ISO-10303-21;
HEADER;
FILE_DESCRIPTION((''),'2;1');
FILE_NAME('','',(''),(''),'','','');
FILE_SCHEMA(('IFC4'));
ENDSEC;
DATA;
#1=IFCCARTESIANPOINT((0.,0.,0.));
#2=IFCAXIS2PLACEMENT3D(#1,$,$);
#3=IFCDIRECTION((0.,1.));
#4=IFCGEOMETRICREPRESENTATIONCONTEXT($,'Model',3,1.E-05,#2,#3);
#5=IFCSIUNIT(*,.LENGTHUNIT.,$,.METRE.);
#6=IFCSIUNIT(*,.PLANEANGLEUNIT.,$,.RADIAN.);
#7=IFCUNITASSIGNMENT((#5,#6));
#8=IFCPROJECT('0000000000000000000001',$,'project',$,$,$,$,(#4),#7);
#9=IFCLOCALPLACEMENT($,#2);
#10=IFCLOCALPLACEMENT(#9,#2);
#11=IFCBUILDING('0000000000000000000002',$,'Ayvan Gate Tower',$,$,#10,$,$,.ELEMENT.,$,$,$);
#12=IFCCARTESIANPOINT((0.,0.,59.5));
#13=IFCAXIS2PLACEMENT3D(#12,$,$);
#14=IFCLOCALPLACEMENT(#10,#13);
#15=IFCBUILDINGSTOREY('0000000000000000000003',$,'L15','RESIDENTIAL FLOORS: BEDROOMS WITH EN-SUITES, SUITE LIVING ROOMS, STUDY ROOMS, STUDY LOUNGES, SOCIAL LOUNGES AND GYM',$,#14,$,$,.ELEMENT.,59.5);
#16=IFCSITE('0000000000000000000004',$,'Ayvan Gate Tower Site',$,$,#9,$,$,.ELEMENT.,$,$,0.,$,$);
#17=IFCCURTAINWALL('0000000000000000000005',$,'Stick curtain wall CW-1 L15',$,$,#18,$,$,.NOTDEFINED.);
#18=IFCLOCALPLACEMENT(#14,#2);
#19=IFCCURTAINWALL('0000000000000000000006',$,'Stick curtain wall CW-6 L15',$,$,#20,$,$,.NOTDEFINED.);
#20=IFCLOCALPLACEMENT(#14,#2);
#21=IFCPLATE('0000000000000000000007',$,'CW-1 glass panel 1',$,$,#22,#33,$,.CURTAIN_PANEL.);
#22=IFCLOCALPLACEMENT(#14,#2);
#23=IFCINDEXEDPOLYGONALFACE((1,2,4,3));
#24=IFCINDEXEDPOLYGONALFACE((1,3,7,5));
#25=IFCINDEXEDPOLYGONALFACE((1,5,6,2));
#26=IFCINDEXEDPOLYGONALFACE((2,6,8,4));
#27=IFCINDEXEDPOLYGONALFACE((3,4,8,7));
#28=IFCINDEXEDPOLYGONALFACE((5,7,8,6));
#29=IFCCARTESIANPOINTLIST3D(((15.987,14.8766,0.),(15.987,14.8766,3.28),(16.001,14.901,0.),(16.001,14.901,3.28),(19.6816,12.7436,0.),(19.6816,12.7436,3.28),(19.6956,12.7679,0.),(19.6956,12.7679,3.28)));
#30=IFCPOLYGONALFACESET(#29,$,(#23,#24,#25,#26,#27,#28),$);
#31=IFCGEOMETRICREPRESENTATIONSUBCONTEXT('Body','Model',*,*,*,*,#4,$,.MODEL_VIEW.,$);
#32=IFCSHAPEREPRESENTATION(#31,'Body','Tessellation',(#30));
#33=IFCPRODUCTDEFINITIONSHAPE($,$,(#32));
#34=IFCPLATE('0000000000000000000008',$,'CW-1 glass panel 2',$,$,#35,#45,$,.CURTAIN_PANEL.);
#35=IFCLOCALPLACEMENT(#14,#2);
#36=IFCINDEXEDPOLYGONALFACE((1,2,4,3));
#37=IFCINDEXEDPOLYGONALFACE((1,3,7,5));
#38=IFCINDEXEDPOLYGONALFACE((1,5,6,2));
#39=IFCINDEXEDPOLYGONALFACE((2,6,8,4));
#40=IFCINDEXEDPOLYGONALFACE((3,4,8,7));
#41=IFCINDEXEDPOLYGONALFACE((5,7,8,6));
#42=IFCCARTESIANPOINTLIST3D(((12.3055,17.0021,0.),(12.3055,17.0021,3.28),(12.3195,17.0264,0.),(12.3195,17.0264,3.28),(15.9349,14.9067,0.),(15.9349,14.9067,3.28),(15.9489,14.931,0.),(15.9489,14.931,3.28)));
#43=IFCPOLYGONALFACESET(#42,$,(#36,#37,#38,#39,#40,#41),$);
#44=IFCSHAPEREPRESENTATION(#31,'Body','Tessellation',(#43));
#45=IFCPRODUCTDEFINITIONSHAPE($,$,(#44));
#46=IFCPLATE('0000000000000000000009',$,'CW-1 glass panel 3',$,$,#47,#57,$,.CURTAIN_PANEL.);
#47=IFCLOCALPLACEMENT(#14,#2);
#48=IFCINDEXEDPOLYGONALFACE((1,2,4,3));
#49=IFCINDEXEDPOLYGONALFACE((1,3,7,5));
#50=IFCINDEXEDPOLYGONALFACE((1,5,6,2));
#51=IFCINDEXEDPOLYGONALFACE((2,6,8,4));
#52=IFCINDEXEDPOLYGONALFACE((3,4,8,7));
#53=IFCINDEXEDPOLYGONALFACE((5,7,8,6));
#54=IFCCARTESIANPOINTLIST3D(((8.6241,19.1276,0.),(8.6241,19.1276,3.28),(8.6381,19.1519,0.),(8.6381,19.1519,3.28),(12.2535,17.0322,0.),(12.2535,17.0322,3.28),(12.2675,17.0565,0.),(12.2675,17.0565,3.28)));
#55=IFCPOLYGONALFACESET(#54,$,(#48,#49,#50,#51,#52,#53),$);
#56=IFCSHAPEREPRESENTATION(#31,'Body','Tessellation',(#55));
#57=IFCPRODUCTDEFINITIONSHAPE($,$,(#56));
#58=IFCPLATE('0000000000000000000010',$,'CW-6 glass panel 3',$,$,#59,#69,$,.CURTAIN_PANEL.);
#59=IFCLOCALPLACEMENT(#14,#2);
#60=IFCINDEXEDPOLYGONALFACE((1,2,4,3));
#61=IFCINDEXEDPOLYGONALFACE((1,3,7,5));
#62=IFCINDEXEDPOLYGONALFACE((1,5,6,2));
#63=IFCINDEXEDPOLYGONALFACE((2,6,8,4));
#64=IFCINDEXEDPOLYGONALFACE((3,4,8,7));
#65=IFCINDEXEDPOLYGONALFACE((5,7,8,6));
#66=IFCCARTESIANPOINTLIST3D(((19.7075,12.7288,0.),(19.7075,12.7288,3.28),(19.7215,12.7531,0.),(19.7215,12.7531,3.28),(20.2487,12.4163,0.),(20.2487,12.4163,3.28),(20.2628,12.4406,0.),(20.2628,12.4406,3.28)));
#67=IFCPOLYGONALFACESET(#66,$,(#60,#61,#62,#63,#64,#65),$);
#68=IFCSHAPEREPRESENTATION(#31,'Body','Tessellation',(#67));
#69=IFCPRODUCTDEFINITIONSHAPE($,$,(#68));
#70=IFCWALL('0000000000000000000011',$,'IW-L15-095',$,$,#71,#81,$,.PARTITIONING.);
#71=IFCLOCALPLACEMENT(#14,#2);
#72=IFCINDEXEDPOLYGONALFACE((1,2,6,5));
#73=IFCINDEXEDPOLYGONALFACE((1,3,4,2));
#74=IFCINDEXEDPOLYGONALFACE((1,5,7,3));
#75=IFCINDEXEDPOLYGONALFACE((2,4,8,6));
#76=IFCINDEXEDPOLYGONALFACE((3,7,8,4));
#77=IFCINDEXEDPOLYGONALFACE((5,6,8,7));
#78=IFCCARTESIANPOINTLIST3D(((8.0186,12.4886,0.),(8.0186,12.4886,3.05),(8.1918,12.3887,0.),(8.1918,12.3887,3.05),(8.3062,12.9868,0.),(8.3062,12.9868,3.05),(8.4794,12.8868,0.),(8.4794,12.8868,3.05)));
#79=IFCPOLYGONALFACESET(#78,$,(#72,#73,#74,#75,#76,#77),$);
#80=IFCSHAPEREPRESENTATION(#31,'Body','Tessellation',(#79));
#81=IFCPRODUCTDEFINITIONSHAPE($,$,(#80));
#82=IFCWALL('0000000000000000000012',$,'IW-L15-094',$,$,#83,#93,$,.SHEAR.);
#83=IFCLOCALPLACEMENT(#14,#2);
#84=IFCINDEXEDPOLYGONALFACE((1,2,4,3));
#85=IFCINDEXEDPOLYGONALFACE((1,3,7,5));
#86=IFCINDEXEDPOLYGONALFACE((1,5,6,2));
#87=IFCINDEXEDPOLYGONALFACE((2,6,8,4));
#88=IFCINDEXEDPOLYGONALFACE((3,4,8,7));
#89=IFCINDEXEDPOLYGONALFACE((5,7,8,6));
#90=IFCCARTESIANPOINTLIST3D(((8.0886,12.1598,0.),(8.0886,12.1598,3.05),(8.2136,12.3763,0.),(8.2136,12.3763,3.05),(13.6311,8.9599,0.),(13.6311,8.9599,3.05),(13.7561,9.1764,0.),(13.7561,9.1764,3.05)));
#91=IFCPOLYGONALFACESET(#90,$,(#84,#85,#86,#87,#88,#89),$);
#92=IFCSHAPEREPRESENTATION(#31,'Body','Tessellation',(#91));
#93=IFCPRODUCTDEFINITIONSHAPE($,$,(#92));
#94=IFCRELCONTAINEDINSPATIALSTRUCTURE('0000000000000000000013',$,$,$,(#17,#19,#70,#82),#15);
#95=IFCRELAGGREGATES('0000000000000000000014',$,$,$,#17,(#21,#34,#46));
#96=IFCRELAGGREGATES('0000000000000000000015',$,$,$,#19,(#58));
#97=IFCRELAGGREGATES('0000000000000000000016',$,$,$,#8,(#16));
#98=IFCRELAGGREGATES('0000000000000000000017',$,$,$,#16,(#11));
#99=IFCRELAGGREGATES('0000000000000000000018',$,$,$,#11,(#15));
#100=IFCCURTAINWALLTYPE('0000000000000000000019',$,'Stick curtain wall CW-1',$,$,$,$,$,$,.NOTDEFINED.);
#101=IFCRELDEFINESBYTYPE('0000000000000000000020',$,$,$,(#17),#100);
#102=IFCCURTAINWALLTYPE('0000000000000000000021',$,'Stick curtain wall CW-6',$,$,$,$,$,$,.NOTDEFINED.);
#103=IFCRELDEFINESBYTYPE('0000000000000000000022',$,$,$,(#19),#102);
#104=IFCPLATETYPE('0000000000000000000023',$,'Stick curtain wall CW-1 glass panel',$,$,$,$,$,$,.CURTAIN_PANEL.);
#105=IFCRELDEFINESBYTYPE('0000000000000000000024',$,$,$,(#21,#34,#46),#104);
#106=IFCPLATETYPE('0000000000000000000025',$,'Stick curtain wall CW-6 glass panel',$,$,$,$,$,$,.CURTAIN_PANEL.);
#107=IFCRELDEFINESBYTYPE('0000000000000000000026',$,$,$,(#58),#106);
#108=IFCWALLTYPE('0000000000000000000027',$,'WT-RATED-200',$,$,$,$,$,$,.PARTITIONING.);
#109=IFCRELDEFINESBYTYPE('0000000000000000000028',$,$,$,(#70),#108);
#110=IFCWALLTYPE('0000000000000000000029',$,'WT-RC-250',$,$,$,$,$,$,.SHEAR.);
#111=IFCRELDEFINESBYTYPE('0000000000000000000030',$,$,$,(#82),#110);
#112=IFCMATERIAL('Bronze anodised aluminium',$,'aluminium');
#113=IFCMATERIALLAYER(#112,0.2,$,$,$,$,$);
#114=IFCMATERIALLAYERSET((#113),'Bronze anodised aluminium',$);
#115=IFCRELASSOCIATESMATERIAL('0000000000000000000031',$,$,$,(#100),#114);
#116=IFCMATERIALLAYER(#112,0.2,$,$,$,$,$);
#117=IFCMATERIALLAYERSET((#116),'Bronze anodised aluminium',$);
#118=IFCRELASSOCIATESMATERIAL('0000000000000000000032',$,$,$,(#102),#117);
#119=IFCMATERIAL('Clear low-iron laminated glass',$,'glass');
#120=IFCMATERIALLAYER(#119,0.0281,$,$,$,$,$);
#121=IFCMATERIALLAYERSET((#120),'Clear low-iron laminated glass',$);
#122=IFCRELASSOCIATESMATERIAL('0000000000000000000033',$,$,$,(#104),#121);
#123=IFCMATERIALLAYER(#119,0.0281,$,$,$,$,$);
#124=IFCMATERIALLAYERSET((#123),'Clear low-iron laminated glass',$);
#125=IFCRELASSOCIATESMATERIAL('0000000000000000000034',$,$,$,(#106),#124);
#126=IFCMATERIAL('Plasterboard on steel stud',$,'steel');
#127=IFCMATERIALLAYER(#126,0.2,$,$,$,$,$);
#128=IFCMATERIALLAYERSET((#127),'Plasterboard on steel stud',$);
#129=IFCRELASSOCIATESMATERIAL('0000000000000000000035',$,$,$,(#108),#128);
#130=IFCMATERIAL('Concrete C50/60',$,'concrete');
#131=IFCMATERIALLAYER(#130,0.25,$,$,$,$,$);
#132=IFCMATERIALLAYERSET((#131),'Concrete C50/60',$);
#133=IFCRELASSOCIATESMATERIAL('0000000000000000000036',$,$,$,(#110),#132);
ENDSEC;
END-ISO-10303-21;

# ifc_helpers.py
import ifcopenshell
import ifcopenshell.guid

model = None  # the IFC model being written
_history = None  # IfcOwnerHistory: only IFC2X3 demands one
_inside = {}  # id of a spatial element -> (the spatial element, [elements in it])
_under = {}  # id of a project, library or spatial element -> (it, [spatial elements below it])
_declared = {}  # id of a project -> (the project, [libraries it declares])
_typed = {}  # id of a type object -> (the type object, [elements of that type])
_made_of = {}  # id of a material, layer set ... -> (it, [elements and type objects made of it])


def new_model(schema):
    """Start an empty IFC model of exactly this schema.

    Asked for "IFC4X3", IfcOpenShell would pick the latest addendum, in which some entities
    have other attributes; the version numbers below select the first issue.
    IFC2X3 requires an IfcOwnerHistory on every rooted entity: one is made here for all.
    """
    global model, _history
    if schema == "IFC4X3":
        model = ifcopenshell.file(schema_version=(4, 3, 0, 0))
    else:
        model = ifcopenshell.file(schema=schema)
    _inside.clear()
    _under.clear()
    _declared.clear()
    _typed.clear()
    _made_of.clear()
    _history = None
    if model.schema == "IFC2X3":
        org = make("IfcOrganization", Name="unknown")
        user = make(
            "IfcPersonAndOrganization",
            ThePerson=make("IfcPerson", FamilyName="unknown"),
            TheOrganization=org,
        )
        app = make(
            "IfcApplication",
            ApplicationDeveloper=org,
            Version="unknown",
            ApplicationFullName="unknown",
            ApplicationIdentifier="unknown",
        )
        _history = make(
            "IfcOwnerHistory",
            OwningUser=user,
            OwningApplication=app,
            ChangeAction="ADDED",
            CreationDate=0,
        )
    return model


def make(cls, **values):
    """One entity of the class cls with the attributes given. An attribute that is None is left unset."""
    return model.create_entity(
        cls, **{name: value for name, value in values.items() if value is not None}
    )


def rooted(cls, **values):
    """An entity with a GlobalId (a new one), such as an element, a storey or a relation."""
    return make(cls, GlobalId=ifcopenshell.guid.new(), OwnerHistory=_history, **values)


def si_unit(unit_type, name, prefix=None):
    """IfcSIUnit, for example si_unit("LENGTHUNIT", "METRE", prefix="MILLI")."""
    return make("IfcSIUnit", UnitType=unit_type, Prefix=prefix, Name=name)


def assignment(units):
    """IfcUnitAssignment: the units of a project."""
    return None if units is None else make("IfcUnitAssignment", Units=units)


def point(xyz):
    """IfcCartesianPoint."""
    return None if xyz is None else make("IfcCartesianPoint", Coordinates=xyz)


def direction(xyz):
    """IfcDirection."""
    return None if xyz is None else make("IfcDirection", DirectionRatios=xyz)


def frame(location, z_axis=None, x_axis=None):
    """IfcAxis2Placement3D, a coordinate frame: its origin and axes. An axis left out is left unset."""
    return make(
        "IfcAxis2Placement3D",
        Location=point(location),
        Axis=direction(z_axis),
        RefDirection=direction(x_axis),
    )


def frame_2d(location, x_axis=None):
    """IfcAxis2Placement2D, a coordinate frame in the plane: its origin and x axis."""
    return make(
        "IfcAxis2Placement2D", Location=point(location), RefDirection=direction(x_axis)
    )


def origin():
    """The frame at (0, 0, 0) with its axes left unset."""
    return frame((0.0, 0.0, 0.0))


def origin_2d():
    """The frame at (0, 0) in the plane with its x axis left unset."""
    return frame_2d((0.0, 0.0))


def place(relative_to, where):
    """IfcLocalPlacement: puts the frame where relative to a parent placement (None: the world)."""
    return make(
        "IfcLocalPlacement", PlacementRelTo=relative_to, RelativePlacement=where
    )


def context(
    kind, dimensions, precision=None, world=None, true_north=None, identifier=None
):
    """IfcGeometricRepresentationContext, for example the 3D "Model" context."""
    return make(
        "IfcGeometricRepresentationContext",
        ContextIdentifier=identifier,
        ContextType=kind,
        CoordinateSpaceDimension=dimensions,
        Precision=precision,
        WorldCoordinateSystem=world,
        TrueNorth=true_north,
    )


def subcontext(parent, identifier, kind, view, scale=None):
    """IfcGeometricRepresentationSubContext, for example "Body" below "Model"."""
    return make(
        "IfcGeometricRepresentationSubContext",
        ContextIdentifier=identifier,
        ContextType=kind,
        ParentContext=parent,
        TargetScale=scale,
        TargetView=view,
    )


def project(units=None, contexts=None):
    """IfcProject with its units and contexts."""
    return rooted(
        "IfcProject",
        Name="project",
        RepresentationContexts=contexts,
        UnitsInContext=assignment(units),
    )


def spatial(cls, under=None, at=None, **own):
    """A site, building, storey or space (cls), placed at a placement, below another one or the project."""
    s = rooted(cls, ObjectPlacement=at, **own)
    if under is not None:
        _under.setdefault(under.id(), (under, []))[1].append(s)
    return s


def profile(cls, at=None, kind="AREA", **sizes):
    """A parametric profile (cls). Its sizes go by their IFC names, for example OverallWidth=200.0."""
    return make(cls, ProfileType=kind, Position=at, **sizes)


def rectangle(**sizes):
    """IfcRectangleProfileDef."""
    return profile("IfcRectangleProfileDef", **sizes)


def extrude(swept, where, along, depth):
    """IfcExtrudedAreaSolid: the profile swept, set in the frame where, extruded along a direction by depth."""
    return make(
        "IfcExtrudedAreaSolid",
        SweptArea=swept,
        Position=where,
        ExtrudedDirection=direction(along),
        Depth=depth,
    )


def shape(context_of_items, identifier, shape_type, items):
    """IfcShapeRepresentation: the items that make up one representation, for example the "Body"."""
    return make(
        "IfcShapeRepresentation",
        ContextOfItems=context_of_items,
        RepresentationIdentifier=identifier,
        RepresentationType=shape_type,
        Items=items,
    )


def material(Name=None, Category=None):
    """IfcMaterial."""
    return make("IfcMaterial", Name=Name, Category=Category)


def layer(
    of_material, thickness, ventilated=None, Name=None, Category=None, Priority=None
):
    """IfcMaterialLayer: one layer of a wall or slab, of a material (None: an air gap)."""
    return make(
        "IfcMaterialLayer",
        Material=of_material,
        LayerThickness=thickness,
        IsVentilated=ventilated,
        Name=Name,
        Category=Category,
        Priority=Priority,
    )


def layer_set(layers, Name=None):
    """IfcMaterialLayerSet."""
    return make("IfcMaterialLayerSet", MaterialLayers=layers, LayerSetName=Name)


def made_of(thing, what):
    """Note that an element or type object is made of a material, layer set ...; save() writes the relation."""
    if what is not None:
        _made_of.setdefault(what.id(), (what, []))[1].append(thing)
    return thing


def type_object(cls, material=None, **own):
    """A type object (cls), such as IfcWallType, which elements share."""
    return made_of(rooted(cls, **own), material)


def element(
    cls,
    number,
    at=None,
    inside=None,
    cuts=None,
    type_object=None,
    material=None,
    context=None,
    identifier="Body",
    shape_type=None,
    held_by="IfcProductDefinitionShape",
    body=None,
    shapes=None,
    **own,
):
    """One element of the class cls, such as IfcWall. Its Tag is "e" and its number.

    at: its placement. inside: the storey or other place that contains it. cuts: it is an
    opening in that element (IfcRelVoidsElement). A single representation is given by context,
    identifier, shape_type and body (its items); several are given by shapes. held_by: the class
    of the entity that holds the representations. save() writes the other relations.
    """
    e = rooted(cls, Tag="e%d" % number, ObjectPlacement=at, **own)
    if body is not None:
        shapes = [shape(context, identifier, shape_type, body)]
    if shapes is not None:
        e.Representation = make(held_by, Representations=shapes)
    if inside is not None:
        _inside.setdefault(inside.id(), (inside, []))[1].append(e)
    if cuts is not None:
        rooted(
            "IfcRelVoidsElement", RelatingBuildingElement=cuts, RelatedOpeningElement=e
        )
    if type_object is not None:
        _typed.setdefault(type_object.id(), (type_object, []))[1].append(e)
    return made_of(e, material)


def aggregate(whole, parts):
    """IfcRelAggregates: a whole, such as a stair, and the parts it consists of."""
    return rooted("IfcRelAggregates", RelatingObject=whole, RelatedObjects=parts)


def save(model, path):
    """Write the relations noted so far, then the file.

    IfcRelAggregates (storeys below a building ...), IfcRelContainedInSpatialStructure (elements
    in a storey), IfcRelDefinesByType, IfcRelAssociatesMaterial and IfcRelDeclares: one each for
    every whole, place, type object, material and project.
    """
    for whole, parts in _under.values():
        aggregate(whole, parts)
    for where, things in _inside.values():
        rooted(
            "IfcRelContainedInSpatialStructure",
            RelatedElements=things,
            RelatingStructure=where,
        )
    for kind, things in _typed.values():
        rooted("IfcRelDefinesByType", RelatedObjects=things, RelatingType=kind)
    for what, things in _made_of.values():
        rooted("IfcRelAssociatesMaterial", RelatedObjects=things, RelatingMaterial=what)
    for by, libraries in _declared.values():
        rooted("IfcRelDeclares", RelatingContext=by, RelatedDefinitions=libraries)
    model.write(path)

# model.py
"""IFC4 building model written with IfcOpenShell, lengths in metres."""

from ifc_helpers import new_model, si_unit, direction, frame, frame_2d, origin, origin_2d, place, context, subcontext, project, spatial, rectangle, extrude, material, layer, layer_set, type_object, element, aggregate, save


model = new_model("IFC4")

# Units and contexts
model_context = context("Model", 3, precision=1e-05, world=origin(), true_north=direction((0.0, 1.0)))
body_context = subcontext(model_context, "Body", "Model", "MODEL_VIEW")
ifc_project = project(units=[si_unit("LENGTHUNIT", "METRE"), si_unit("PLANEANGLEUNIT", "RADIAN")], contexts=[model_context])

# Site, building, storey
site_placement = place(None, origin())
site = spatial("IfcSite", under=ifc_project, at=site_placement, Name="Ayvan Gate Tower Site", CompositionType="ELEMENT", RefElevation=0.0)
building_placement = place(site_placement, origin())
building = spatial("IfcBuilding", under=site, at=building_placement, Name="Ayvan Gate Tower", CompositionType="ELEMENT")
storey_placement = place(building_placement, frame((0.0, 0.0, 59.5)))
storey = spatial("IfcBuildingStorey", under=building, at=storey_placement, Name="L15", Description="RESIDENTIAL FLOORS: BEDROOMS WITH EN-SUITES, SUITE LIVING ROOMS, STUDY ROOMS, STUDY LOUNGES, SOCIAL LOUNGES AND GYM", CompositionType="ELEMENT", Elevation=59.5)

# Curtain walls
ifc_material_1 = material(Name="Bronze anodised aluminium", Category="aluminium")
ifc_layer_1 = layer(ifc_material_1, 0.2)
ifc_layer_set_1 = layer_set([ifc_layer_1], Name="Bronze anodised aluminium")
curtain_wall_type_1 = type_object("IfcCurtainWallType", Name="Stick curtain wall CW-1", PredefinedType="NOTDEFINED", material=ifc_layer_set_1)
curtain_wall_1_placement = place(storey_placement, origin())
curtain_wall_1 = element("IfcCurtainWall", 1, at=curtain_wall_1_placement, inside=storey, type_object=curtain_wall_type_1, Name="Stick curtain wall CW-1 L15", PredefinedType="NOTDEFINED")
ifc_layer_2 = layer(ifc_material_1, 0.2)
ifc_layer_set_2 = layer_set([ifc_layer_2], Name="Bronze anodised aluminium")
curtain_wall_type_2 = type_object("IfcCurtainWallType", Name="Stick curtain wall CW-6", PredefinedType="NOTDEFINED", material=ifc_layer_set_2)
curtain_wall_2_placement = place(storey_placement, origin())
curtain_wall_2 = element("IfcCurtainWall", 2, at=curtain_wall_2_placement, inside=storey, type_object=curtain_wall_type_2, Name="Stick curtain wall CW-6 L15", PredefinedType="NOTDEFINED")

# Plates
ifc_material_2 = material(Name="Clear low-iron laminated glass", Category="glass")
ifc_layer_3 = layer(ifc_material_2, 0.0281)
ifc_layer_set_3 = layer_set([ifc_layer_3], Name="Clear low-iron laminated glass")
plate_type_1 = type_object("IfcPlateType", Name="Stick curtain wall CW-1 glass panel", PredefinedType="CURTAIN_PANEL", material=ifc_layer_set_3)
plate_1_placement = place(storey_placement, frame((17.8413, 13.8223, 0.0), z_axis=(0.0, 0.0, 1.0), x_axis=(-0.866025, 0.5, 0.0)))
plate_1 = element("IfcPlate", 3, at=plate_1_placement, type_object=plate_type_1, Name="CW-1 glass panel 1", PredefinedType="CURTAIN_PANEL", context=body_context, shape_type="SweptSolid", body=[
    extrude(rectangle(XDim=4.2661, YDim=0.0281, at=origin_2d()), origin(), (0.0, 0.0, 1.0), 3.28),
])
plate_2_placement = place(storey_placement, frame((14.1272, 15.9666, 0.0), z_axis=(0.0, 0.0, 1.0), x_axis=(-0.866025, 0.5, 0.0)))
plate_2 = element("IfcPlate", 4, at=plate_2_placement, type_object=plate_type_1, Name="CW-1 glass panel 2", PredefinedType="CURTAIN_PANEL", context=body_context, shape_type="SweptSolid", body=[
    extrude(rectangle(XDim=4.1909, YDim=0.0281, at=origin_2d()), origin(), (0.0, 0.0, 1.0), 3.28),
])
plate_3_placement = place(storey_placement, frame((10.4458, 18.092, 0.0), z_axis=(0.0, 0.0, 1.0), x_axis=(-0.866025, 0.5, 0.0)))
plate_3 = element("IfcPlate", 5, at=plate_3_placement, type_object=plate_type_1, Name="CW-1 glass panel 3", PredefinedType="CURTAIN_PANEL", context=body_context, shape_type="SweptSolid", body=[
    extrude(rectangle(XDim=4.1909, YDim=0.0281, at=origin_2d()), origin(), (0.0, 0.0, 1.0), 3.28),
])
aggregate(curtain_wall_1, [plate_1, plate_2, plate_3])
ifc_layer_4 = layer(ifc_material_2, 0.0281)
ifc_layer_set_4 = layer_set([ifc_layer_4], Name="Clear low-iron laminated glass")
plate_type_2 = type_object("IfcPlateType", Name="Stick curtain wall CW-6 glass panel", PredefinedType="CURTAIN_PANEL", material=ifc_layer_set_4)
plate_4_placement = place(storey_placement, frame((19.9851, 12.5847, 0.0), z_axis=(0.0, 0.0, 1.0), x_axis=(-0.866025, 0.5, 0.0)))
plate_4 = element("IfcPlate", 6, at=plate_4_placement, type_object=plate_type_2, Name="CW-6 glass panel 3", PredefinedType="CURTAIN_PANEL", context=body_context, shape_type="SweptSolid", body=[
    extrude(rectangle(XDim=0.625, YDim=0.0281, at=origin_2d()), origin(), (0.0, 0.0, 1.0), 3.28),
])
aggregate(curtain_wall_2, [plate_4])

# Walls
ifc_material_3 = material(Name="Plasterboard on steel stud", Category="steel")
ifc_layer_5 = layer(ifc_material_3, 0.2)
ifc_layer_set_5 = layer_set([ifc_layer_5], Name="Plasterboard on steel stud")
wall_type_1 = type_object("IfcWallType", Name="WT-RATED-200", PredefinedType="PARTITIONING", material=ifc_layer_set_5)
wall_1_placement = place(storey_placement, frame((8.3928, 12.9368, 0.0), z_axis=(0.0, 0.0, 1.0), x_axis=(-0.500065, -0.865988, 0.0)))
element("IfcWall", 7, at=wall_1_placement, inside=storey, type_object=wall_type_1, Name="IW-L15-095", PredefinedType="PARTITIONING", context=body_context, shape_type="SweptSolid", body=[
    extrude(rectangle(XDim=0.5752, YDim=0.2, at=frame_2d((0.2876, 0.0))), origin(), (0.0, 0.0, 1.0), 3.05),
])
ifc_material_4 = material(Name="Concrete C50/60", Category="concrete")
ifc_layer_6 = layer(ifc_material_4, 0.25)
ifc_layer_set_6 = layer_set([ifc_layer_6], Name="Concrete C50/60")
wall_type_2 = type_object("IfcWallType", Name="WT-RC-250", PredefinedType="SHEAR", material=ifc_layer_set_6)
wall_2_placement = place(storey_placement, frame((8.1511, 12.2681, 0.0), z_axis=(0.0, 0.0, 1.0), x_axis=(0.866025, -0.5, 0.0)))
element("IfcWall", 8, at=wall_2_placement, inside=storey, type_object=wall_type_2, Name="IW-L15-094", PredefinedType="SHEAR", context=body_context, shape_type="SweptSolid", body=[
    extrude(rectangle(XDim=6.3999, YDim=0.25, at=frame_2d((3.2, 0.0))), origin(), (0.0, 0.0, 1.0), 3.05),
])

save(model, "model.ifc")
